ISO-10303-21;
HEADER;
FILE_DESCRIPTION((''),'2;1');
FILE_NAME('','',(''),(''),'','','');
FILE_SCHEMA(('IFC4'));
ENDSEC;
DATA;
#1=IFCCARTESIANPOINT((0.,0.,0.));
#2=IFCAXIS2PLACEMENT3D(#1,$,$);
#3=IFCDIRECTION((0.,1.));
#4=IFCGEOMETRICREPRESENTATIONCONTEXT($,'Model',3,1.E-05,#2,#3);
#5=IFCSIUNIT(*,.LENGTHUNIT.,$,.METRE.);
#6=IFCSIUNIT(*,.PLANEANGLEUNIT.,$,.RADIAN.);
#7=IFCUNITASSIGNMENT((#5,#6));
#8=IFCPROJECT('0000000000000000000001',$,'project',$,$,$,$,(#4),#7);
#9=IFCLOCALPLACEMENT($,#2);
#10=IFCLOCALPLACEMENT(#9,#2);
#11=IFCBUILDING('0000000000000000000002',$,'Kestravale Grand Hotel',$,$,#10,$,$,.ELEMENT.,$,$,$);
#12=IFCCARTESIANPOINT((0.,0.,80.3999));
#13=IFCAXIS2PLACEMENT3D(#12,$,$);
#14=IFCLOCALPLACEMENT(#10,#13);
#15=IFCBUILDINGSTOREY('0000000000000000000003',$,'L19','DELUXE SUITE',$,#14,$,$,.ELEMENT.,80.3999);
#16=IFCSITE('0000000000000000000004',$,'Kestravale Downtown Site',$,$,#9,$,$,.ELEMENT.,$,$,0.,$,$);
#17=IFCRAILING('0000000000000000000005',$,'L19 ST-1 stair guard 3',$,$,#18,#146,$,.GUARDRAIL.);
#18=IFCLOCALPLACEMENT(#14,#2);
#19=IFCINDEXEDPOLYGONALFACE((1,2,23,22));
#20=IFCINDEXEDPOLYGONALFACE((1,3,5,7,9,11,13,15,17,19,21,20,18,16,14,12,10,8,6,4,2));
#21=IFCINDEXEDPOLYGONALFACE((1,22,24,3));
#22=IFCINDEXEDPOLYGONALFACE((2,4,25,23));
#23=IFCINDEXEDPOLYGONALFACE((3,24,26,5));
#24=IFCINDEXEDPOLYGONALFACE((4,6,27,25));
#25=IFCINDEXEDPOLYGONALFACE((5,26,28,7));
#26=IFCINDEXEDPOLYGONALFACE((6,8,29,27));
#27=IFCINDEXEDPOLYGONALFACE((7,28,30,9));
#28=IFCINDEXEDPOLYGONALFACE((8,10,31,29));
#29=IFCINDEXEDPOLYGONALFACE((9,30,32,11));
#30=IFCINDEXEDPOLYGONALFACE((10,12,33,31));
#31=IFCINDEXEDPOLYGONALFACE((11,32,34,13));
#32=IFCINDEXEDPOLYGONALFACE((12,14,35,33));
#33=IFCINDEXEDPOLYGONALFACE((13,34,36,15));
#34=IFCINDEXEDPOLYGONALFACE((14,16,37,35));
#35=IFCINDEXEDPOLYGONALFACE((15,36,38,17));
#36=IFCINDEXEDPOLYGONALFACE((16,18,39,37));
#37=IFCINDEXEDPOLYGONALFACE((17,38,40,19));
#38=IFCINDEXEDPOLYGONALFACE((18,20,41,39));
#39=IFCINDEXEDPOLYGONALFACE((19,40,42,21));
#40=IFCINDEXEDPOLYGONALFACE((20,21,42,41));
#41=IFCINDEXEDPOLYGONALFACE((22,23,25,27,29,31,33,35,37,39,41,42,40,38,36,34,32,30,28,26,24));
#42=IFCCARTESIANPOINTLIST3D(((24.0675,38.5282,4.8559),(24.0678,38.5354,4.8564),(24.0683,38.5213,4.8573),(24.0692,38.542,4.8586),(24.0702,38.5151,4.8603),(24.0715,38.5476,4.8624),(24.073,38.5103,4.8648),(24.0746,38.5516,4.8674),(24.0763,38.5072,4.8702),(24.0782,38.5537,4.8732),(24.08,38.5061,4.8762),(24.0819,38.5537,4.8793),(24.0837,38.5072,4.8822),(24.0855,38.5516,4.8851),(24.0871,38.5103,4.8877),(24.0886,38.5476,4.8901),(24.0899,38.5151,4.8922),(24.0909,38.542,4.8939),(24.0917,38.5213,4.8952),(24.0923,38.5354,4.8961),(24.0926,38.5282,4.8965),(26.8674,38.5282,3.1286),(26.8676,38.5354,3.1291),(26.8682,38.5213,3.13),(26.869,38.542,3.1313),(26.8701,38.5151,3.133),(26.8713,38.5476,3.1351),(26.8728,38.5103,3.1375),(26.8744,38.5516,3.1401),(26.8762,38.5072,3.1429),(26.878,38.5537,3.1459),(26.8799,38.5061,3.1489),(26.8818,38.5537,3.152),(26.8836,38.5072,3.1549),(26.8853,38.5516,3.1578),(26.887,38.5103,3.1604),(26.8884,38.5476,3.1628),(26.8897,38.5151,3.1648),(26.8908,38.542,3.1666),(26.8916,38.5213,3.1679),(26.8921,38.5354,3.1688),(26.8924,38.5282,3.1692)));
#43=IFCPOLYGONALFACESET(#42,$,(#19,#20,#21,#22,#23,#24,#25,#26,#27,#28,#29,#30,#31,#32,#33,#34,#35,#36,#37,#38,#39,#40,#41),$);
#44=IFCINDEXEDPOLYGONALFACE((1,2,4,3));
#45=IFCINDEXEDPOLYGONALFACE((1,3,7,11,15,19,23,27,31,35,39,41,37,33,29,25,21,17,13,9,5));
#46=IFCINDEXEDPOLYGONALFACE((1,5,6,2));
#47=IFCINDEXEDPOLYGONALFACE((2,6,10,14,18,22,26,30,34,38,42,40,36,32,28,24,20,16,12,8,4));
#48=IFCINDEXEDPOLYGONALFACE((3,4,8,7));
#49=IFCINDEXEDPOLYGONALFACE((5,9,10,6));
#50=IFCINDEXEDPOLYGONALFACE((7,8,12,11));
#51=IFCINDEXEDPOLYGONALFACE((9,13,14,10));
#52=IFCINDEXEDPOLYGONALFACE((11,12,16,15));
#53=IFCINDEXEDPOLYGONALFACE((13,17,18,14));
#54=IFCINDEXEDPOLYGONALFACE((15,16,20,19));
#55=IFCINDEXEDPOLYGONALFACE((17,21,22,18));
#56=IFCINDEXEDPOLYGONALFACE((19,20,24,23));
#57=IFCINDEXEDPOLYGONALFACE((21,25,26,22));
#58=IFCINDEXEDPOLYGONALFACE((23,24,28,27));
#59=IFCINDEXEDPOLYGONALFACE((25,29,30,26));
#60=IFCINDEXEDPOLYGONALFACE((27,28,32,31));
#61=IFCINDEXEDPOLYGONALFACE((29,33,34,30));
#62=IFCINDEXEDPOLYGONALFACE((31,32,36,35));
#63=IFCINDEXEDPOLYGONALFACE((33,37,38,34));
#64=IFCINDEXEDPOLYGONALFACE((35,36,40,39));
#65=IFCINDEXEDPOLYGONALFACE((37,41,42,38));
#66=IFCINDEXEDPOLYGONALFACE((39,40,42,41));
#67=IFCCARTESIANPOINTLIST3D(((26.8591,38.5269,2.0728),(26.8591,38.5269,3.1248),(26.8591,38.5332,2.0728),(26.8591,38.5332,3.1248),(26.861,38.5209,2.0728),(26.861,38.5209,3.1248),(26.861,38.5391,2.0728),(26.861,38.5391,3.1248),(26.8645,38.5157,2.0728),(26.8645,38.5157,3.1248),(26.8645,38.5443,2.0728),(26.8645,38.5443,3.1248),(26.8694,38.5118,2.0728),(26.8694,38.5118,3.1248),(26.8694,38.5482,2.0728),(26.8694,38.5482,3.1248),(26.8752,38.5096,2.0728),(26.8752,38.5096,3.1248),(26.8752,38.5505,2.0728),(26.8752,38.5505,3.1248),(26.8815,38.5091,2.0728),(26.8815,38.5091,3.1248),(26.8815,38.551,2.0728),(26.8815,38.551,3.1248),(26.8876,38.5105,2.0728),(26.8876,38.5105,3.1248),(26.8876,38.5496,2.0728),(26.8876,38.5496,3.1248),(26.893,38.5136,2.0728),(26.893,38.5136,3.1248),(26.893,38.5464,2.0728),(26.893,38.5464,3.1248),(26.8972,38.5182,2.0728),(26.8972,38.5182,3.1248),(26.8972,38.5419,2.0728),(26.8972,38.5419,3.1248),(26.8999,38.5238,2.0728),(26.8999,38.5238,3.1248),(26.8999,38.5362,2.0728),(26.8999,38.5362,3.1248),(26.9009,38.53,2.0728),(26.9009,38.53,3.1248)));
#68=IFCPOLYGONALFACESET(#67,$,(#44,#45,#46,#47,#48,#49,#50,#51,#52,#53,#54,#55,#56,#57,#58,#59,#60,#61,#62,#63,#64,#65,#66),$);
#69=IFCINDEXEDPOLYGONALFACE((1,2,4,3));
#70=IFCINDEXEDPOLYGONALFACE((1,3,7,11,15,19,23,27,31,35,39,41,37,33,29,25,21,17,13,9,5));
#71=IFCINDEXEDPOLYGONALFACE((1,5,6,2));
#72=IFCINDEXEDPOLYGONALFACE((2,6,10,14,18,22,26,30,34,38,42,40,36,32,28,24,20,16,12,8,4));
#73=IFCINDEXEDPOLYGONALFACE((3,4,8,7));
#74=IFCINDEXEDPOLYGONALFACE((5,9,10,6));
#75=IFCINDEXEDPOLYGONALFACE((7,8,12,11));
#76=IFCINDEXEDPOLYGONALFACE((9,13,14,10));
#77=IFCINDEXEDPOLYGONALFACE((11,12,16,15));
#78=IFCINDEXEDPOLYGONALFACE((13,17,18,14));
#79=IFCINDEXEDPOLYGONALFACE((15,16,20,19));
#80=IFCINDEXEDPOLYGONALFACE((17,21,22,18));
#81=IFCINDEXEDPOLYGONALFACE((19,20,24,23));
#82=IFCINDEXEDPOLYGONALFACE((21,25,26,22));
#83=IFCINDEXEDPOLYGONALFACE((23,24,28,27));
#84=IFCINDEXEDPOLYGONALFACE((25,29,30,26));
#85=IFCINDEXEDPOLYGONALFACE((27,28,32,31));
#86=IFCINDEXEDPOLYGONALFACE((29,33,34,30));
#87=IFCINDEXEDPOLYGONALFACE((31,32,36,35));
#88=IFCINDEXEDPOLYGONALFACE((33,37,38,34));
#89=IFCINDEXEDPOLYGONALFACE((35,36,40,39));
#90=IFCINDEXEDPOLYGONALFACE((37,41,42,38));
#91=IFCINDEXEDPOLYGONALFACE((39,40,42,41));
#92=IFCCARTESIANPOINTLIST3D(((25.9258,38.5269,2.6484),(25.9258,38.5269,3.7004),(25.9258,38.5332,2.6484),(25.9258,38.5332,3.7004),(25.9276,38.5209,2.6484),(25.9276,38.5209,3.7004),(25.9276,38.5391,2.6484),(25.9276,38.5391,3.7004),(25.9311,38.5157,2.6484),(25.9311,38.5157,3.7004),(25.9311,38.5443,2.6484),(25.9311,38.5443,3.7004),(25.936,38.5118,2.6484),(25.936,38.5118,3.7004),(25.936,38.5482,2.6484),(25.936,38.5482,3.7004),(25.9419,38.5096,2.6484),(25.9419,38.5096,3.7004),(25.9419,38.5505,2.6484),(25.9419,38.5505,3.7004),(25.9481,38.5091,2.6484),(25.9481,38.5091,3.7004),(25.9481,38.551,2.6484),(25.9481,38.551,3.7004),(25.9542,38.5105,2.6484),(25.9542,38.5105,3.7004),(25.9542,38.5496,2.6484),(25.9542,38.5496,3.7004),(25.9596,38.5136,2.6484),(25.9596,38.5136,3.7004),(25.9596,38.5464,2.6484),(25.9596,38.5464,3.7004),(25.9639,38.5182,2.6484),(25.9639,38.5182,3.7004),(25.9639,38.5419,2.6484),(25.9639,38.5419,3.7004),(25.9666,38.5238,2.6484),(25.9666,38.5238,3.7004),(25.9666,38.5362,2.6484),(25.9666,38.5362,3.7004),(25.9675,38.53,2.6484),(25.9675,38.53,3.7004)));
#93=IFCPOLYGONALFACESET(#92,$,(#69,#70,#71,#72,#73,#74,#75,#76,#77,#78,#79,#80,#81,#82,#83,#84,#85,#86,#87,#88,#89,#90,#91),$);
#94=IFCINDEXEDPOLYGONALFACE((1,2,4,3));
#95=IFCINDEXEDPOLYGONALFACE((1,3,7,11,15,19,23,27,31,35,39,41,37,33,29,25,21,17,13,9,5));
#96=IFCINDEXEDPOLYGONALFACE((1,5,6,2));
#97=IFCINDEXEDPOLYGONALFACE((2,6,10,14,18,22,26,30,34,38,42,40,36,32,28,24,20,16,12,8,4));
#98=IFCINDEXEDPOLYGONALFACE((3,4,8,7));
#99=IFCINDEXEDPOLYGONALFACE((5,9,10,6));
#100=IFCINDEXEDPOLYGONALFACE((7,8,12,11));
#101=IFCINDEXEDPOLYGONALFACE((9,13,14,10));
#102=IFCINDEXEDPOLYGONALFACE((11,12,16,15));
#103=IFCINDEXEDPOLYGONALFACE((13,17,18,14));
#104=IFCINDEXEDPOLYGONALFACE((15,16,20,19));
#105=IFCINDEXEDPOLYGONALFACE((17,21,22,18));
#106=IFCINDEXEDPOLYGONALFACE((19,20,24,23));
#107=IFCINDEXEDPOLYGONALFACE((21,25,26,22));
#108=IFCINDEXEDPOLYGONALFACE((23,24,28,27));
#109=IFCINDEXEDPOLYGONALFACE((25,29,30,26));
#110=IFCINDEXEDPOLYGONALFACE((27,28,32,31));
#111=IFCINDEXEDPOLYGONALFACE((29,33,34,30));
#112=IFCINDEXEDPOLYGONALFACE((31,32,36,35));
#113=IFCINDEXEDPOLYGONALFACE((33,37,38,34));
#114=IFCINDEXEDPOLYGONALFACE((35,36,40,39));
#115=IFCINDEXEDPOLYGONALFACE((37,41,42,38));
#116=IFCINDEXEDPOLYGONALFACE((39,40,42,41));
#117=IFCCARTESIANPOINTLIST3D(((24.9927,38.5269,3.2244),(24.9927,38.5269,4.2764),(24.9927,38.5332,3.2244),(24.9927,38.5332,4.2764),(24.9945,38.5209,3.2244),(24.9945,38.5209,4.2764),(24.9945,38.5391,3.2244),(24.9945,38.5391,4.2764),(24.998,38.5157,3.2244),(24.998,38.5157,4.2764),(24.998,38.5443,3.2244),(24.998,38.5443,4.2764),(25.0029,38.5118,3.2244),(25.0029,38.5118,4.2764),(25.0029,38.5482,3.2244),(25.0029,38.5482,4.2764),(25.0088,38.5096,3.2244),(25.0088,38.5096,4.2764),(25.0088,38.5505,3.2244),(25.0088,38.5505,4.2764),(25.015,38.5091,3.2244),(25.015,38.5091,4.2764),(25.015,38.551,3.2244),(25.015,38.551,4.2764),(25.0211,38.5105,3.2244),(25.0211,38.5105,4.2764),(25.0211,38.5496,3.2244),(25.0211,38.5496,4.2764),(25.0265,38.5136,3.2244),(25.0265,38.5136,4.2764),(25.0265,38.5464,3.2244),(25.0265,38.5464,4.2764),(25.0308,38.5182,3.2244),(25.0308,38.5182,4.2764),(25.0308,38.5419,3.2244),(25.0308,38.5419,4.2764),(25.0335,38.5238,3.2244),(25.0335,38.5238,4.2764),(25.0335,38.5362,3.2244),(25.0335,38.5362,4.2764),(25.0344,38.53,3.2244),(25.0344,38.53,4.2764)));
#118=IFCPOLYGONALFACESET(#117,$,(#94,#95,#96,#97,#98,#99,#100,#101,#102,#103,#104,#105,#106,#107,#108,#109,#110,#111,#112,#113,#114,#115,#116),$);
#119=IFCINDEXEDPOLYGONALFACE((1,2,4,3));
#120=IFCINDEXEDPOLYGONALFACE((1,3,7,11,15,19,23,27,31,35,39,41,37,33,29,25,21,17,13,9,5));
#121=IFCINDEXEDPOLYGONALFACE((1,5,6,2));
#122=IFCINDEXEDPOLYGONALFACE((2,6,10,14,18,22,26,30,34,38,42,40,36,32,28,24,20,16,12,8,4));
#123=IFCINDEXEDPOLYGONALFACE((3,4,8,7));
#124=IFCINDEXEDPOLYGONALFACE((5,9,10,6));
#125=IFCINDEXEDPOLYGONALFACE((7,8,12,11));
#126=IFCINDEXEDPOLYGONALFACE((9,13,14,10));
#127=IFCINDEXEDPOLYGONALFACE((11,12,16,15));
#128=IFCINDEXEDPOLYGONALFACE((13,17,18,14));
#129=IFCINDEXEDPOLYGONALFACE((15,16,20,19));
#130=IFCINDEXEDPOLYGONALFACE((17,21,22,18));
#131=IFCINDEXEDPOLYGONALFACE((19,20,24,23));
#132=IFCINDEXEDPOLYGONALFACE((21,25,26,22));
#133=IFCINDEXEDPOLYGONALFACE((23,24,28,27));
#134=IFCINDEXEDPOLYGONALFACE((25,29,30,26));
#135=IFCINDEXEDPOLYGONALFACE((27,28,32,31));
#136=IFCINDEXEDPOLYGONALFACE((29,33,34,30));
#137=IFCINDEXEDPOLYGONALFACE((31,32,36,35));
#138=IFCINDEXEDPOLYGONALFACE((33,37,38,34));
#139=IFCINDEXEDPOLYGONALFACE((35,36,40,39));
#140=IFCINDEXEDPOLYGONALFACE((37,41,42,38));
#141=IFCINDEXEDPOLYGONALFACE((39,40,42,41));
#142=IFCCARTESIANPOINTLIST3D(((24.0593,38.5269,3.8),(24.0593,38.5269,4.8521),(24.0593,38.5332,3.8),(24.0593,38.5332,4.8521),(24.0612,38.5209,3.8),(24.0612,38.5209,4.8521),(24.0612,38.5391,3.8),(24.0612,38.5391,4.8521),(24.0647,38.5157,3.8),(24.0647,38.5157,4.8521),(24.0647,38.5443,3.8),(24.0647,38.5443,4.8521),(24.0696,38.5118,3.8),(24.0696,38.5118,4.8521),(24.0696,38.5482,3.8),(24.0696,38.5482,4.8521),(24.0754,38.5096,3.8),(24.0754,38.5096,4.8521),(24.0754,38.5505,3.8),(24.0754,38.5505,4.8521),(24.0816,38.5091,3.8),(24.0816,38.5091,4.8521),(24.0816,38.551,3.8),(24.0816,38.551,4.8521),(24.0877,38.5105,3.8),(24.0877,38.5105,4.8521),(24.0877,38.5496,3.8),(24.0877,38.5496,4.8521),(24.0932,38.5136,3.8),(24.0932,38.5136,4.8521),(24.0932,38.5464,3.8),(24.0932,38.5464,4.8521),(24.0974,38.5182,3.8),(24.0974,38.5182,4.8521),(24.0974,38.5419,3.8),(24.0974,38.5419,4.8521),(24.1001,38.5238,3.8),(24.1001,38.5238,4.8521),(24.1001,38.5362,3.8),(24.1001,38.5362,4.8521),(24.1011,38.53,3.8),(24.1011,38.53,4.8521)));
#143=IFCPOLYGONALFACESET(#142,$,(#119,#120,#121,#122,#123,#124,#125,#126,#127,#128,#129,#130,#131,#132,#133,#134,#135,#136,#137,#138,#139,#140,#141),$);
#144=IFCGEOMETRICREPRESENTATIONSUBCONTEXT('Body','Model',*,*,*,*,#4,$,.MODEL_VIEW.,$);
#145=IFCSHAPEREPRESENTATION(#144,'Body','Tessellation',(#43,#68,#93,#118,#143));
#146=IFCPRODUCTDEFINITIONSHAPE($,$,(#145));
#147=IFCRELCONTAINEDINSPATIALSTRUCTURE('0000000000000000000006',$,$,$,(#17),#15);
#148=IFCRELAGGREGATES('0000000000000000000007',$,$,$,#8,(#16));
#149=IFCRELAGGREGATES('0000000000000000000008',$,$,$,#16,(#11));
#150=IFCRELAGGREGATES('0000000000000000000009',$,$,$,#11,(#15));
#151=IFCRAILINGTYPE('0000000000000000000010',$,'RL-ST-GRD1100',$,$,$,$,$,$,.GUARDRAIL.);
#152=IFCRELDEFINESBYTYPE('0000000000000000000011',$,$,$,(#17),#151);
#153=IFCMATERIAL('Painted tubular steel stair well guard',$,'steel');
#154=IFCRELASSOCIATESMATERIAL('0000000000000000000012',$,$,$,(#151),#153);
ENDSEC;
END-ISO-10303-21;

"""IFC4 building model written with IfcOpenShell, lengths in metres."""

from ifc_helpers import new_model, si_unit, direction, frame, origin, origin_2d, place, context, subcontext, project, spatial, circle, extrude, material, type_object, element, save


model = new_model("IFC4")

# Units and contexts
model_context = context("Model", 3, precision=1e-05, world=origin(), true_north=direction((0.0, 1.0)))
body_context = subcontext(model_context, "Body", "Model", "MODEL_VIEW")
ifc_project = project(units=[si_unit("LENGTHUNIT", "METRE"), si_unit("PLANEANGLEUNIT", "RADIAN")], contexts=[model_context])

# Site, building, storey
site_placement = place(None, origin())
site = spatial("IfcSite", under=ifc_project, at=site_placement, Name="Kestravale Downtown Site", CompositionType="ELEMENT", RefElevation=0.0)
building_placement = place(site_placement, origin())
building = spatial("IfcBuilding", under=site, at=building_placement, Name="Kestravale Grand Hotel", CompositionType="ELEMENT")
storey_placement = place(building_placement, frame((0.0, 0.0, 80.3999)))
storey = spatial("IfcBuildingStorey", under=building, at=storey_placement, Name="L19", Description="DELUXE SUITE", CompositionType="ELEMENT", Elevation=80.3999)

# Railing
ifc_material_1 = material(Name="Painted tubular steel stair well guard", Category="steel")
railing_type_1 = type_object("IfcRailingType", Name="RL-ST-GRD1100", PredefinedType="GUARDRAIL", material=ifc_material_1)
railing_1_placement = place(storey_placement, frame((26.8799, 38.53, 2.0728)))
element("IfcRailing", 1, at=railing_1_placement, inside=storey, type_object=railing_type_1, Name="L19 ST-1 stair guard 3", PredefinedType="GUARDRAIL", context=body_context, shape_type="SweptSolid", body=[
    extrude(circle(Radius=0.0239, at=origin_2d()), frame((0.0, 0.0, 1.0762), z_axis=(-0.851069, 0.0, 0.525054), x_axis=(0.0, -1.0, 0.0)), (0.0, 0.0, 1.0), 3.2898),
    extrude(circle(Radius=0.021, at=origin_2d()), origin(), (0.0, 0.0, 1.0), 1.052),
    extrude(circle(Radius=0.021, at=origin_2d()), frame((-0.9333, 0.0, 0.5757)), (0.0, 0.0, 1.0), 1.052),
    extrude(circle(Radius=0.021, at=origin_2d()), frame((-1.8665, 0.0, 1.1516)), (0.0, 0.0, 1.0), 1.052),
    extrude(circle(Radius=0.021, at=origin_2d()), frame((-2.7998, 0.0, 1.7273)), (0.0, 0.0, 1.0), 1.052),
])

save(model, "model.ifc")
